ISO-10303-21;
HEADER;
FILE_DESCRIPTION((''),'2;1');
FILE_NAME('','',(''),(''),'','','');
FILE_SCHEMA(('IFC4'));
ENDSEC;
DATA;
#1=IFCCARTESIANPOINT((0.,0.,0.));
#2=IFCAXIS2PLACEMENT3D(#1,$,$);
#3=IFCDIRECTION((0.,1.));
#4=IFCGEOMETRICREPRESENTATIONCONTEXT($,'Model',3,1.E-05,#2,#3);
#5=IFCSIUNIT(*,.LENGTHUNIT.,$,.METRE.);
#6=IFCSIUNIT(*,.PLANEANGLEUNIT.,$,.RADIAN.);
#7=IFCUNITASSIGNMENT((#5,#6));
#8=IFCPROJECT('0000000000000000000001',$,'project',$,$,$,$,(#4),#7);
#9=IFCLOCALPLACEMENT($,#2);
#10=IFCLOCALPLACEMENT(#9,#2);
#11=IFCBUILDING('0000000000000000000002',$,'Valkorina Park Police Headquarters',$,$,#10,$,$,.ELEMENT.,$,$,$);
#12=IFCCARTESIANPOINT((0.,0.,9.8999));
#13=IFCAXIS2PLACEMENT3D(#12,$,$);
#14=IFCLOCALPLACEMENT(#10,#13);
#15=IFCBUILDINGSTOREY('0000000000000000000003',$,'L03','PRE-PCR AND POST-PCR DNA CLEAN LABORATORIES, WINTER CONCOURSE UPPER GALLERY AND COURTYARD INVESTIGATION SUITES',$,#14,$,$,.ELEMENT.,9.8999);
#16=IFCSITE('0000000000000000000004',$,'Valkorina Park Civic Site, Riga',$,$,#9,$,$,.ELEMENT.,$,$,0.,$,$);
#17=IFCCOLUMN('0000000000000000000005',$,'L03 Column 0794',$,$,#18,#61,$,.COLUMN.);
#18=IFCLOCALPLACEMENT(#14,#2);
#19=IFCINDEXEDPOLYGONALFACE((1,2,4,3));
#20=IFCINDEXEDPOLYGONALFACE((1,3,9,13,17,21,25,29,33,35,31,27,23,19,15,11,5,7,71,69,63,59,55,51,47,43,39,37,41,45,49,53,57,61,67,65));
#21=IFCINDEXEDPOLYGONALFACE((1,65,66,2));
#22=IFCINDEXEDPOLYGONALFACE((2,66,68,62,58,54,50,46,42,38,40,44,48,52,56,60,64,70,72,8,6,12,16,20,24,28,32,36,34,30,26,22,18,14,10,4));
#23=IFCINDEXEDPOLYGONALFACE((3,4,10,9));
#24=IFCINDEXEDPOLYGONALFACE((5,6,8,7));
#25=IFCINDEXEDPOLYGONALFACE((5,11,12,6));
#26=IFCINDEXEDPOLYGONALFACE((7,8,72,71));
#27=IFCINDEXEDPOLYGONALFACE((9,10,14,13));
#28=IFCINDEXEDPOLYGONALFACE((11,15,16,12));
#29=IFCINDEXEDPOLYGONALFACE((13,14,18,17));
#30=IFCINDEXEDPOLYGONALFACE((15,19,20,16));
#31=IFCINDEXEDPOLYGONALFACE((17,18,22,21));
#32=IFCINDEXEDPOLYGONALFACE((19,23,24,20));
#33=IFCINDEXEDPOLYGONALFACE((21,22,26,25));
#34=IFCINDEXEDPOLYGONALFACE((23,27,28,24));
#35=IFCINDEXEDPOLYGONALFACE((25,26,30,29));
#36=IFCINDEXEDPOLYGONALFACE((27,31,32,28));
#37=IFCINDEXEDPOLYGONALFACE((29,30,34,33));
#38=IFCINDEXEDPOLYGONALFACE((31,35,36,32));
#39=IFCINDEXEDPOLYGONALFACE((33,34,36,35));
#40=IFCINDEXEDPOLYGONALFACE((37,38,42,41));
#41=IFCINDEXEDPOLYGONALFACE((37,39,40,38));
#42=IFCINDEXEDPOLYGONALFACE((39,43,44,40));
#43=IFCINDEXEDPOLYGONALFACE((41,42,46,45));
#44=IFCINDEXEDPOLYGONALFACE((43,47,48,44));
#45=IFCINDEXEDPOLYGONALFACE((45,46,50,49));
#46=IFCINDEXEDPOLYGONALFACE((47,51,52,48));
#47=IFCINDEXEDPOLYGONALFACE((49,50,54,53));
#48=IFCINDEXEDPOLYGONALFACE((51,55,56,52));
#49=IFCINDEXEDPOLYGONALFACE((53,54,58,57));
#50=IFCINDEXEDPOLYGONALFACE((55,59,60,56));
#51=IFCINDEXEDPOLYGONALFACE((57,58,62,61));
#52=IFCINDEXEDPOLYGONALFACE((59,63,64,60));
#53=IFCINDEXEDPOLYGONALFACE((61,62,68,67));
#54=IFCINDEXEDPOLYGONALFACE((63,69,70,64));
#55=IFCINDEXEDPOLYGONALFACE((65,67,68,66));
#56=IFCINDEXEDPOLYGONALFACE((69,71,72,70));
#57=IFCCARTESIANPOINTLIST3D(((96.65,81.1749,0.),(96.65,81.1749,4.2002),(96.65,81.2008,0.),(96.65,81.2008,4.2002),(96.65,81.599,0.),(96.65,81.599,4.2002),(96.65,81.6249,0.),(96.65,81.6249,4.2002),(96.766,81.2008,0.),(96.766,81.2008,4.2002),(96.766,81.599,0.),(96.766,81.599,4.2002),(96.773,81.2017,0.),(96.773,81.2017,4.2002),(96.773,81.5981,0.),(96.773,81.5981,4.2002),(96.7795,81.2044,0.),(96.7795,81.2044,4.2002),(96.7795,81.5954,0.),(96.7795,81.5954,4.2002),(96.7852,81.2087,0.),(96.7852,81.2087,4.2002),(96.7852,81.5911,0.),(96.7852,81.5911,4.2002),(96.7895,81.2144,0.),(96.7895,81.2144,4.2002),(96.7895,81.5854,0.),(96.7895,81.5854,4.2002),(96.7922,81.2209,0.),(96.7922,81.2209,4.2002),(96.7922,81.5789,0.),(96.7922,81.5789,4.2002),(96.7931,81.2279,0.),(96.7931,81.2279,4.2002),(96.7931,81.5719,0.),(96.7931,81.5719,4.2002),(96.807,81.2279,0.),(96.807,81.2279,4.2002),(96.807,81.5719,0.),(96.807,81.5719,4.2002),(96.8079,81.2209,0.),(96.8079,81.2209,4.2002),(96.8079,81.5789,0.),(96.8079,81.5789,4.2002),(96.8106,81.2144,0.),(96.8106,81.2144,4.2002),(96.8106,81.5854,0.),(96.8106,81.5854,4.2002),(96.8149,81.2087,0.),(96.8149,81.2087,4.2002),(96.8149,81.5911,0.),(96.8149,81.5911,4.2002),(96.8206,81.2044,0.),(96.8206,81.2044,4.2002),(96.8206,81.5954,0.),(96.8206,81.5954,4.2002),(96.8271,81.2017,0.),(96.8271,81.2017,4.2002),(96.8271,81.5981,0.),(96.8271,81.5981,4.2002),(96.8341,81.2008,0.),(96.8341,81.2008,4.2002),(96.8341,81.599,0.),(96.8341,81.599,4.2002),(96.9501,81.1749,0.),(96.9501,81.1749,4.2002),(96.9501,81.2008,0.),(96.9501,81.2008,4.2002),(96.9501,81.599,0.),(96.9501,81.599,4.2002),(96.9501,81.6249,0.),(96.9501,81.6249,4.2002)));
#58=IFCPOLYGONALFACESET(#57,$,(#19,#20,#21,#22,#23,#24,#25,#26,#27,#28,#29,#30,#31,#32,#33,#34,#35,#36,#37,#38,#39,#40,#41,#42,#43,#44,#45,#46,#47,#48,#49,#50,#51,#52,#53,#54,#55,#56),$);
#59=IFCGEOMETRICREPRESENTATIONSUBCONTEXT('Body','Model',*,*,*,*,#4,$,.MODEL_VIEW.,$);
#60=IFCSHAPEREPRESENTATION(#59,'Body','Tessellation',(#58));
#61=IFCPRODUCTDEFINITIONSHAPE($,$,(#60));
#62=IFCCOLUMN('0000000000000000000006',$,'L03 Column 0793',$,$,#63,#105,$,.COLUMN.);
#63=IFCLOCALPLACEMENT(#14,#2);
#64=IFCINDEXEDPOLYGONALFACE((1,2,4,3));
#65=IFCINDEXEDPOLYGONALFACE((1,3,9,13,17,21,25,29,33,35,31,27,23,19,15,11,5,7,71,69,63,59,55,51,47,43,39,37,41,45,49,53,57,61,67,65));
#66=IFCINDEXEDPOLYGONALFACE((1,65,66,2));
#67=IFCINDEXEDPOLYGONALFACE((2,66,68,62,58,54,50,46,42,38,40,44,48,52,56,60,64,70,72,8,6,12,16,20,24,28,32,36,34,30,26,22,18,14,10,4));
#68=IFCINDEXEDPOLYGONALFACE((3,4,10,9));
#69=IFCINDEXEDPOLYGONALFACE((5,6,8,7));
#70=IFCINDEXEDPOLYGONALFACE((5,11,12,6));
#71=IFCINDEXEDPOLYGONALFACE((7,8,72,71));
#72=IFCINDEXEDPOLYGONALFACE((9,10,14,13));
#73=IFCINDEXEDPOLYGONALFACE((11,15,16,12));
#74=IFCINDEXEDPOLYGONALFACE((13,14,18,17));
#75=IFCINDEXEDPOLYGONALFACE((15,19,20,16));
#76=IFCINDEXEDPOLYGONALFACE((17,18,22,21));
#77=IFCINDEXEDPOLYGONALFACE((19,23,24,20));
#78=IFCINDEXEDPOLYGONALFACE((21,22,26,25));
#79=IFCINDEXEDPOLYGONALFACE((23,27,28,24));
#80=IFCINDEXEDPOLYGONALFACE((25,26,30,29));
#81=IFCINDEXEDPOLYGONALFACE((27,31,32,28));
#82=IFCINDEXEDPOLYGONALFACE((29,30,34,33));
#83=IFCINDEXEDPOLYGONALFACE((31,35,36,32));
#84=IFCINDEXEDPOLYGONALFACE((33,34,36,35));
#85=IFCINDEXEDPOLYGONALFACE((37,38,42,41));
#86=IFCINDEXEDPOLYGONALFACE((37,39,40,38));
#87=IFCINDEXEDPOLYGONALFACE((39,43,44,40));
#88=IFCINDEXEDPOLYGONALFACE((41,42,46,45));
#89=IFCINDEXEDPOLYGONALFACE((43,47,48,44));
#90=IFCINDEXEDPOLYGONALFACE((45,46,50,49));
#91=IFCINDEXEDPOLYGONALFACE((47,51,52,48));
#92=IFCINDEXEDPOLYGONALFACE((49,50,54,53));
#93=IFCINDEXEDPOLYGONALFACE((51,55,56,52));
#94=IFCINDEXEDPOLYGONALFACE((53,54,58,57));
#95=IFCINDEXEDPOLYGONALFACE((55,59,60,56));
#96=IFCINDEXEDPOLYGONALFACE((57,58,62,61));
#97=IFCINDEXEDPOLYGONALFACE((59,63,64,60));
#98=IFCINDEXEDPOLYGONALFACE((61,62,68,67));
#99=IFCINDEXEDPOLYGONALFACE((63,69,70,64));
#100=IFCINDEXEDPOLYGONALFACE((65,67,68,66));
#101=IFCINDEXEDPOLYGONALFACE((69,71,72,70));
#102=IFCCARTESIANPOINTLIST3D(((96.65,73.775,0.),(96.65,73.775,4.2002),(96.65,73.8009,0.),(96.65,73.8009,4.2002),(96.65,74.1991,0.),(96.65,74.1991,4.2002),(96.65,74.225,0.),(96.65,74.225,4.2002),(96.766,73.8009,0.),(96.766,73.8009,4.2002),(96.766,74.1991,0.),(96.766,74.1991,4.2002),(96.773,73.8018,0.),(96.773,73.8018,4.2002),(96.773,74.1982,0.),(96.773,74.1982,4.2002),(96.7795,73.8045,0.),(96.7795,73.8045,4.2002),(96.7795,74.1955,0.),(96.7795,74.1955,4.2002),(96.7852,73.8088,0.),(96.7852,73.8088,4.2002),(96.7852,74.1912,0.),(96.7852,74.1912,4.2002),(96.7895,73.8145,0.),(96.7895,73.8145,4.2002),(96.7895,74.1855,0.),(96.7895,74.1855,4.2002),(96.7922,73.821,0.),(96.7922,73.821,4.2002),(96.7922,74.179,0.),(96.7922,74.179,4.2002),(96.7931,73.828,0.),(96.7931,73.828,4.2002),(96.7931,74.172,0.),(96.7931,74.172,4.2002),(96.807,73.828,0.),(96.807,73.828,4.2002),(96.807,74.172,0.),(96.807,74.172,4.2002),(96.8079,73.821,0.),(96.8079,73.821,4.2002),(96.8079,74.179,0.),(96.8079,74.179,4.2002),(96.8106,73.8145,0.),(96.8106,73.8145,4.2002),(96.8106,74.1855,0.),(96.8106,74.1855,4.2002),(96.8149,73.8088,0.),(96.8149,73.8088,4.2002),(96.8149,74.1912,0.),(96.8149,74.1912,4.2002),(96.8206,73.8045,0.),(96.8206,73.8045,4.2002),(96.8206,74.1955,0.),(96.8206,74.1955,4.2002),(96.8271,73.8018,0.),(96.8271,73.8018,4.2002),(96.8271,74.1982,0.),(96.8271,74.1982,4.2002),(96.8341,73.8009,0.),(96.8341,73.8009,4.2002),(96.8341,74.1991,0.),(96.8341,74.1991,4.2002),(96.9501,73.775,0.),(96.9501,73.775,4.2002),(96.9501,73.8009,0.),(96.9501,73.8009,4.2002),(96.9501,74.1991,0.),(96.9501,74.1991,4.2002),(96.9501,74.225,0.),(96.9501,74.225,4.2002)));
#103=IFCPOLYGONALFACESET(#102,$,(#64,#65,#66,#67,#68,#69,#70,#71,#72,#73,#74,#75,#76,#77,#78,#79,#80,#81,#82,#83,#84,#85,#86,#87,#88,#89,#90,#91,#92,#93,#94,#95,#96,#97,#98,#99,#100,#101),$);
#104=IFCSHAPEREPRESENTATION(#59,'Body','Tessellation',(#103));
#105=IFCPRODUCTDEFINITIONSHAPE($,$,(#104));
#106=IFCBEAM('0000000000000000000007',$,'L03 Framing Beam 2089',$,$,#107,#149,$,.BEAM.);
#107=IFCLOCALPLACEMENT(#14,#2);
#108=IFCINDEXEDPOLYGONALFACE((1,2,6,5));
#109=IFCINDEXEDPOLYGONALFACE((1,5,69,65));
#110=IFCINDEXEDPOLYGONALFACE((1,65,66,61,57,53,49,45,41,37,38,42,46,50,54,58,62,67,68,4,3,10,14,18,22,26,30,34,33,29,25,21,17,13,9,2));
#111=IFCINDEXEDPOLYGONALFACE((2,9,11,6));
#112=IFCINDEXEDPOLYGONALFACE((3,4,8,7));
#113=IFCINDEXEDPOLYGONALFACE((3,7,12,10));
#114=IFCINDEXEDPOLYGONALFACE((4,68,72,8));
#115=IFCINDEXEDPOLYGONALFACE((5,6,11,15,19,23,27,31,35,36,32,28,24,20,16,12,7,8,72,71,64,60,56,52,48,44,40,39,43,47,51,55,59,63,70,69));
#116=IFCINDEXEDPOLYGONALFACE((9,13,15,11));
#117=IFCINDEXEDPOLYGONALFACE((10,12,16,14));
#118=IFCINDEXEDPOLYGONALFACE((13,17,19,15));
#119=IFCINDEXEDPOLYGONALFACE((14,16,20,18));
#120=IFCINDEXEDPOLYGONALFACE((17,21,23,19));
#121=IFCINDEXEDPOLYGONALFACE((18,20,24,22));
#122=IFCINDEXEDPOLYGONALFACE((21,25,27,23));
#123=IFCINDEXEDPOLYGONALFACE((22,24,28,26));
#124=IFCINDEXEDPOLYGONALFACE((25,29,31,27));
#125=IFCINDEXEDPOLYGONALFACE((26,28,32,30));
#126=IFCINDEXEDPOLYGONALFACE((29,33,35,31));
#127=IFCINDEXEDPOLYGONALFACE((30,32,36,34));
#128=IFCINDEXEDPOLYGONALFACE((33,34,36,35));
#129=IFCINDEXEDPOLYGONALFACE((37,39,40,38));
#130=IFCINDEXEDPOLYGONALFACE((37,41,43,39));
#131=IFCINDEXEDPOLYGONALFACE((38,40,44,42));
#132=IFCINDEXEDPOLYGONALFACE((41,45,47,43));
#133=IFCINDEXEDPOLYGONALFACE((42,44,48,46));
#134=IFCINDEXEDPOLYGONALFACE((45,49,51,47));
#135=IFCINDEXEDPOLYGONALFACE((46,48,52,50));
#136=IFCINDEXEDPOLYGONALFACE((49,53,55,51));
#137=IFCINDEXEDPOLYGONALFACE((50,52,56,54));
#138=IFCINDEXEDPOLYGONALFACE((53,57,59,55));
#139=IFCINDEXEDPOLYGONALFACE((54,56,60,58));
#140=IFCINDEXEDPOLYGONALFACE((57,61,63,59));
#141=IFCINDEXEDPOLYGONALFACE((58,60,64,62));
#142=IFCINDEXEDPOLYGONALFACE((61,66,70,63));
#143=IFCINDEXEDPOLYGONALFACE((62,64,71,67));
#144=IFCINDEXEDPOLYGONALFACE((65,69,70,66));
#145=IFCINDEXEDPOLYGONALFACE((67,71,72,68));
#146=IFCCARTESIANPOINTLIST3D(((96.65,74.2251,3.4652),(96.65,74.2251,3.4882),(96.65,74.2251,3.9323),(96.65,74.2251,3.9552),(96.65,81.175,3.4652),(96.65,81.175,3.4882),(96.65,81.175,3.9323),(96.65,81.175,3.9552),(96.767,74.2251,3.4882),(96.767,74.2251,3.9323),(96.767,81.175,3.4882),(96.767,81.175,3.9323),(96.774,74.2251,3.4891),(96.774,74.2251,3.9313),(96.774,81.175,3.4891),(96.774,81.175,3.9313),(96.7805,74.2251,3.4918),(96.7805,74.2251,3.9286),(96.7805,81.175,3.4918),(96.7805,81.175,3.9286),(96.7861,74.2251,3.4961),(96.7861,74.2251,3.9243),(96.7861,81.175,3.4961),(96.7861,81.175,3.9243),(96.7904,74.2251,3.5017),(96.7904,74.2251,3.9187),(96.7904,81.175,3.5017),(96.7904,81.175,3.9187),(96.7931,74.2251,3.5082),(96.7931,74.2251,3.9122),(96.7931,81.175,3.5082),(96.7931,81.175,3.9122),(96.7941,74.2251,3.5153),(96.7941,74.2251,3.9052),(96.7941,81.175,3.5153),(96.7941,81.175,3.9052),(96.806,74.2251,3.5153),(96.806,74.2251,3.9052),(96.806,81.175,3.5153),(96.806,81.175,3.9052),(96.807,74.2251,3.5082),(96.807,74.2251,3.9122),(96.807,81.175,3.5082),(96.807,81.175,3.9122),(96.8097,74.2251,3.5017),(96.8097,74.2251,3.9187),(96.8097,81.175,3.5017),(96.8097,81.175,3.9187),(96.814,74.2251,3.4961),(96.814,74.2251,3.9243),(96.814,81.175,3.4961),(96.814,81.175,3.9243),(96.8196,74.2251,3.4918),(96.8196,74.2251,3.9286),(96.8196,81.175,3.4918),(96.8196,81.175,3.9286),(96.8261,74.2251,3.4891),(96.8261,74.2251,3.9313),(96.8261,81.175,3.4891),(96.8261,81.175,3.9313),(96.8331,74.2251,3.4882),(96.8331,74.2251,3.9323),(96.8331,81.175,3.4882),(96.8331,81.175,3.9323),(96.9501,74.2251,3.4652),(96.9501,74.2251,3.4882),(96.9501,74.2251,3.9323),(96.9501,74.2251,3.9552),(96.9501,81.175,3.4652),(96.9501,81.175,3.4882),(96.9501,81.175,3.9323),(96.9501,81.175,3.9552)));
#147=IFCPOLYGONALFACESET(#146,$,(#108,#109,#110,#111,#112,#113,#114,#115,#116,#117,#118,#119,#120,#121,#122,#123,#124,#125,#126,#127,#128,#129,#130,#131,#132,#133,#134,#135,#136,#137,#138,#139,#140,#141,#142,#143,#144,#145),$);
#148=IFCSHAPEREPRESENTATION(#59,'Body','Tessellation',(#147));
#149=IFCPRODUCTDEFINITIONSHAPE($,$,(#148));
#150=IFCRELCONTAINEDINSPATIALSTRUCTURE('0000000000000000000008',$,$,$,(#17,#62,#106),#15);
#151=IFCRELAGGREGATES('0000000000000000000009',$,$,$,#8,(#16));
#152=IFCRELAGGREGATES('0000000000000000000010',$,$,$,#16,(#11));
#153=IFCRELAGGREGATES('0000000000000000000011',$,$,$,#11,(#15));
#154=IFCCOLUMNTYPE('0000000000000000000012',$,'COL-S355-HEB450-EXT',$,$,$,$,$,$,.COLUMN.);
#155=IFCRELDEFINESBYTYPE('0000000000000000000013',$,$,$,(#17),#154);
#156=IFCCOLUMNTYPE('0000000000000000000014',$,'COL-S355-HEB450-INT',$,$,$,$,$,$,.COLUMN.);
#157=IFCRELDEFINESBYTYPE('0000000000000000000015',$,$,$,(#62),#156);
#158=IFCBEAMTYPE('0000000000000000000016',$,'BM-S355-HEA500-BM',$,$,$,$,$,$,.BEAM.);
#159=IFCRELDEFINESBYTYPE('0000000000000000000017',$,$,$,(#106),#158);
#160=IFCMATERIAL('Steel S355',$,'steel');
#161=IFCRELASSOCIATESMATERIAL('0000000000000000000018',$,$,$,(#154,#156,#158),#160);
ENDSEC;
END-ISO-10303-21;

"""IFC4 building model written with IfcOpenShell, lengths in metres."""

from ifc_helpers import new_model, si_unit, direction, frame, origin, origin_2d, place, context, subcontext, project, spatial, i_section, extrude, material, material_profile, profile_set, type_object, element, save


model = new_model("IFC4")

# Units and contexts
model_context = context("Model", 3, precision=1e-05, world=origin(), true_north=direction((0.0, 1.0)))
body_context = subcontext(model_context, "Body", "Model", "MODEL_VIEW")
ifc_project = project(units=[si_unit("LENGTHUNIT", "METRE"), si_unit("PLANEANGLEUNIT", "RADIAN")], contexts=[model_context])

# Site, building, storey
site_placement = place(None, origin())
site = spatial("IfcSite", under=ifc_project, at=site_placement, Name="Valkorina Park Civic Site, Riga", CompositionType="ELEMENT", RefElevation=0.0)
building_placement = place(site_placement, origin())
building = spatial("IfcBuilding", under=site, at=building_placement, Name="Valkorina Park Police Headquarters", CompositionType="ELEMENT")
storey_placement = place(building_placement, frame((0.0, 0.0, 9.8999)))
storey = spatial("IfcBuildingStorey", under=building, at=storey_placement, Name="L03", Description="PRE-PCR AND POST-PCR DNA CLEAN LABORATORIES, WINTER CONCOURSE UPPER GALLERY AND COURTYARD INVESTIGATION SUITES", CompositionType="ELEMENT", Elevation=9.8999)

# Columns
ifc_material_1 = material(Name="Steel S355", Category="steel")
ifc_material_profile_1 = material_profile(ifc_material_1, i_section(OverallWidth=0.3, OverallDepth=0.45, WebThickness=0.0139, FlangeThickness=0.0259, FilletRadius=0.0271, at=origin_2d()), Name="HEB 450")
ifc_profile_set_1 = profile_set([ifc_material_profile_1], Name="Steel S355")
column_type_1 = type_object("IfcColumnType", Name="COL-S355-HEB450-EXT", PredefinedType="COLUMN", material=ifc_profile_set_1)
column_1_placement = place(storey_placement, frame((96.8, 81.3999, 0.0), z_axis=(0.0, 0.0, 1.0), x_axis=(1.0, 0.0, 0.0)))
element("IfcColumn", 1, at=column_1_placement, inside=storey, type_object=column_type_1, Name="L03 Column 0794", PredefinedType="COLUMN", context=body_context, shape_type="SweptSolid", body=[
    extrude(i_section(OverallWidth=0.3, OverallDepth=0.45, WebThickness=0.0139, FlangeThickness=0.0259, FilletRadius=0.0271, at=origin_2d()), origin(), (0.0, 0.0, 1.0), 4.2002),
])
ifc_material_profile_2 = material_profile(ifc_material_1, i_section(OverallWidth=0.3, OverallDepth=0.45, WebThickness=0.0139, FlangeThickness=0.0259, FilletRadius=0.0271, at=origin_2d()), Name="HEB 450")
ifc_profile_set_2 = profile_set([ifc_material_profile_2], Name="Steel S355")
column_type_2 = type_object("IfcColumnType", Name="COL-S355-HEB450-INT", PredefinedType="COLUMN", material=ifc_profile_set_2)
column_2_placement = place(storey_placement, frame((96.8, 74.0, 0.0), z_axis=(0.0, 0.0, 1.0), x_axis=(1.0, 0.0, 0.0)))
element("IfcColumn", 2, at=column_2_placement, inside=storey, type_object=column_type_2, Name="L03 Column 0793", PredefinedType="COLUMN", context=body_context, shape_type="SweptSolid", body=[
    extrude(i_section(OverallWidth=0.3, OverallDepth=0.45, WebThickness=0.0139, FlangeThickness=0.0259, FilletRadius=0.0271, at=origin_2d()), origin(), (0.0, 0.0, 1.0), 4.2002),
])

# Beam
ifc_material_profile_3 = material_profile(ifc_material_1, i_section(OverallWidth=0.3, OverallDepth=0.49, WebThickness=0.012, FlangeThickness=0.0229, FilletRadius=0.0271, at=origin_2d()), Name="HEA 500")
ifc_profile_set_3 = profile_set([ifc_material_profile_3], Name="Steel S355")
beam_type_1 = type_object("IfcBeamType", Name="BM-S355-HEA500-BM", PredefinedType="BEAM", material=ifc_profile_set_3)
beam_1_placement = place(storey_placement, frame((96.8, 74.2251, 3.7102), z_axis=(0.0, 1.0, 0.0), x_axis=(-1.0, 0.0, 0.0)))
element("IfcBeam", 3, at=beam_1_placement, inside=storey, type_object=beam_type_1, Name="L03 Framing Beam 2089", PredefinedType="BEAM", context=body_context, shape_type="SweptSolid", body=[
    extrude(i_section(OverallWidth=0.3, OverallDepth=0.49, WebThickness=0.012, FlangeThickness=0.0229, FilletRadius=0.0271, at=origin_2d()), origin(), (0.0, 0.0, 1.0), 6.95),
])

save(model, "model.ifc")
